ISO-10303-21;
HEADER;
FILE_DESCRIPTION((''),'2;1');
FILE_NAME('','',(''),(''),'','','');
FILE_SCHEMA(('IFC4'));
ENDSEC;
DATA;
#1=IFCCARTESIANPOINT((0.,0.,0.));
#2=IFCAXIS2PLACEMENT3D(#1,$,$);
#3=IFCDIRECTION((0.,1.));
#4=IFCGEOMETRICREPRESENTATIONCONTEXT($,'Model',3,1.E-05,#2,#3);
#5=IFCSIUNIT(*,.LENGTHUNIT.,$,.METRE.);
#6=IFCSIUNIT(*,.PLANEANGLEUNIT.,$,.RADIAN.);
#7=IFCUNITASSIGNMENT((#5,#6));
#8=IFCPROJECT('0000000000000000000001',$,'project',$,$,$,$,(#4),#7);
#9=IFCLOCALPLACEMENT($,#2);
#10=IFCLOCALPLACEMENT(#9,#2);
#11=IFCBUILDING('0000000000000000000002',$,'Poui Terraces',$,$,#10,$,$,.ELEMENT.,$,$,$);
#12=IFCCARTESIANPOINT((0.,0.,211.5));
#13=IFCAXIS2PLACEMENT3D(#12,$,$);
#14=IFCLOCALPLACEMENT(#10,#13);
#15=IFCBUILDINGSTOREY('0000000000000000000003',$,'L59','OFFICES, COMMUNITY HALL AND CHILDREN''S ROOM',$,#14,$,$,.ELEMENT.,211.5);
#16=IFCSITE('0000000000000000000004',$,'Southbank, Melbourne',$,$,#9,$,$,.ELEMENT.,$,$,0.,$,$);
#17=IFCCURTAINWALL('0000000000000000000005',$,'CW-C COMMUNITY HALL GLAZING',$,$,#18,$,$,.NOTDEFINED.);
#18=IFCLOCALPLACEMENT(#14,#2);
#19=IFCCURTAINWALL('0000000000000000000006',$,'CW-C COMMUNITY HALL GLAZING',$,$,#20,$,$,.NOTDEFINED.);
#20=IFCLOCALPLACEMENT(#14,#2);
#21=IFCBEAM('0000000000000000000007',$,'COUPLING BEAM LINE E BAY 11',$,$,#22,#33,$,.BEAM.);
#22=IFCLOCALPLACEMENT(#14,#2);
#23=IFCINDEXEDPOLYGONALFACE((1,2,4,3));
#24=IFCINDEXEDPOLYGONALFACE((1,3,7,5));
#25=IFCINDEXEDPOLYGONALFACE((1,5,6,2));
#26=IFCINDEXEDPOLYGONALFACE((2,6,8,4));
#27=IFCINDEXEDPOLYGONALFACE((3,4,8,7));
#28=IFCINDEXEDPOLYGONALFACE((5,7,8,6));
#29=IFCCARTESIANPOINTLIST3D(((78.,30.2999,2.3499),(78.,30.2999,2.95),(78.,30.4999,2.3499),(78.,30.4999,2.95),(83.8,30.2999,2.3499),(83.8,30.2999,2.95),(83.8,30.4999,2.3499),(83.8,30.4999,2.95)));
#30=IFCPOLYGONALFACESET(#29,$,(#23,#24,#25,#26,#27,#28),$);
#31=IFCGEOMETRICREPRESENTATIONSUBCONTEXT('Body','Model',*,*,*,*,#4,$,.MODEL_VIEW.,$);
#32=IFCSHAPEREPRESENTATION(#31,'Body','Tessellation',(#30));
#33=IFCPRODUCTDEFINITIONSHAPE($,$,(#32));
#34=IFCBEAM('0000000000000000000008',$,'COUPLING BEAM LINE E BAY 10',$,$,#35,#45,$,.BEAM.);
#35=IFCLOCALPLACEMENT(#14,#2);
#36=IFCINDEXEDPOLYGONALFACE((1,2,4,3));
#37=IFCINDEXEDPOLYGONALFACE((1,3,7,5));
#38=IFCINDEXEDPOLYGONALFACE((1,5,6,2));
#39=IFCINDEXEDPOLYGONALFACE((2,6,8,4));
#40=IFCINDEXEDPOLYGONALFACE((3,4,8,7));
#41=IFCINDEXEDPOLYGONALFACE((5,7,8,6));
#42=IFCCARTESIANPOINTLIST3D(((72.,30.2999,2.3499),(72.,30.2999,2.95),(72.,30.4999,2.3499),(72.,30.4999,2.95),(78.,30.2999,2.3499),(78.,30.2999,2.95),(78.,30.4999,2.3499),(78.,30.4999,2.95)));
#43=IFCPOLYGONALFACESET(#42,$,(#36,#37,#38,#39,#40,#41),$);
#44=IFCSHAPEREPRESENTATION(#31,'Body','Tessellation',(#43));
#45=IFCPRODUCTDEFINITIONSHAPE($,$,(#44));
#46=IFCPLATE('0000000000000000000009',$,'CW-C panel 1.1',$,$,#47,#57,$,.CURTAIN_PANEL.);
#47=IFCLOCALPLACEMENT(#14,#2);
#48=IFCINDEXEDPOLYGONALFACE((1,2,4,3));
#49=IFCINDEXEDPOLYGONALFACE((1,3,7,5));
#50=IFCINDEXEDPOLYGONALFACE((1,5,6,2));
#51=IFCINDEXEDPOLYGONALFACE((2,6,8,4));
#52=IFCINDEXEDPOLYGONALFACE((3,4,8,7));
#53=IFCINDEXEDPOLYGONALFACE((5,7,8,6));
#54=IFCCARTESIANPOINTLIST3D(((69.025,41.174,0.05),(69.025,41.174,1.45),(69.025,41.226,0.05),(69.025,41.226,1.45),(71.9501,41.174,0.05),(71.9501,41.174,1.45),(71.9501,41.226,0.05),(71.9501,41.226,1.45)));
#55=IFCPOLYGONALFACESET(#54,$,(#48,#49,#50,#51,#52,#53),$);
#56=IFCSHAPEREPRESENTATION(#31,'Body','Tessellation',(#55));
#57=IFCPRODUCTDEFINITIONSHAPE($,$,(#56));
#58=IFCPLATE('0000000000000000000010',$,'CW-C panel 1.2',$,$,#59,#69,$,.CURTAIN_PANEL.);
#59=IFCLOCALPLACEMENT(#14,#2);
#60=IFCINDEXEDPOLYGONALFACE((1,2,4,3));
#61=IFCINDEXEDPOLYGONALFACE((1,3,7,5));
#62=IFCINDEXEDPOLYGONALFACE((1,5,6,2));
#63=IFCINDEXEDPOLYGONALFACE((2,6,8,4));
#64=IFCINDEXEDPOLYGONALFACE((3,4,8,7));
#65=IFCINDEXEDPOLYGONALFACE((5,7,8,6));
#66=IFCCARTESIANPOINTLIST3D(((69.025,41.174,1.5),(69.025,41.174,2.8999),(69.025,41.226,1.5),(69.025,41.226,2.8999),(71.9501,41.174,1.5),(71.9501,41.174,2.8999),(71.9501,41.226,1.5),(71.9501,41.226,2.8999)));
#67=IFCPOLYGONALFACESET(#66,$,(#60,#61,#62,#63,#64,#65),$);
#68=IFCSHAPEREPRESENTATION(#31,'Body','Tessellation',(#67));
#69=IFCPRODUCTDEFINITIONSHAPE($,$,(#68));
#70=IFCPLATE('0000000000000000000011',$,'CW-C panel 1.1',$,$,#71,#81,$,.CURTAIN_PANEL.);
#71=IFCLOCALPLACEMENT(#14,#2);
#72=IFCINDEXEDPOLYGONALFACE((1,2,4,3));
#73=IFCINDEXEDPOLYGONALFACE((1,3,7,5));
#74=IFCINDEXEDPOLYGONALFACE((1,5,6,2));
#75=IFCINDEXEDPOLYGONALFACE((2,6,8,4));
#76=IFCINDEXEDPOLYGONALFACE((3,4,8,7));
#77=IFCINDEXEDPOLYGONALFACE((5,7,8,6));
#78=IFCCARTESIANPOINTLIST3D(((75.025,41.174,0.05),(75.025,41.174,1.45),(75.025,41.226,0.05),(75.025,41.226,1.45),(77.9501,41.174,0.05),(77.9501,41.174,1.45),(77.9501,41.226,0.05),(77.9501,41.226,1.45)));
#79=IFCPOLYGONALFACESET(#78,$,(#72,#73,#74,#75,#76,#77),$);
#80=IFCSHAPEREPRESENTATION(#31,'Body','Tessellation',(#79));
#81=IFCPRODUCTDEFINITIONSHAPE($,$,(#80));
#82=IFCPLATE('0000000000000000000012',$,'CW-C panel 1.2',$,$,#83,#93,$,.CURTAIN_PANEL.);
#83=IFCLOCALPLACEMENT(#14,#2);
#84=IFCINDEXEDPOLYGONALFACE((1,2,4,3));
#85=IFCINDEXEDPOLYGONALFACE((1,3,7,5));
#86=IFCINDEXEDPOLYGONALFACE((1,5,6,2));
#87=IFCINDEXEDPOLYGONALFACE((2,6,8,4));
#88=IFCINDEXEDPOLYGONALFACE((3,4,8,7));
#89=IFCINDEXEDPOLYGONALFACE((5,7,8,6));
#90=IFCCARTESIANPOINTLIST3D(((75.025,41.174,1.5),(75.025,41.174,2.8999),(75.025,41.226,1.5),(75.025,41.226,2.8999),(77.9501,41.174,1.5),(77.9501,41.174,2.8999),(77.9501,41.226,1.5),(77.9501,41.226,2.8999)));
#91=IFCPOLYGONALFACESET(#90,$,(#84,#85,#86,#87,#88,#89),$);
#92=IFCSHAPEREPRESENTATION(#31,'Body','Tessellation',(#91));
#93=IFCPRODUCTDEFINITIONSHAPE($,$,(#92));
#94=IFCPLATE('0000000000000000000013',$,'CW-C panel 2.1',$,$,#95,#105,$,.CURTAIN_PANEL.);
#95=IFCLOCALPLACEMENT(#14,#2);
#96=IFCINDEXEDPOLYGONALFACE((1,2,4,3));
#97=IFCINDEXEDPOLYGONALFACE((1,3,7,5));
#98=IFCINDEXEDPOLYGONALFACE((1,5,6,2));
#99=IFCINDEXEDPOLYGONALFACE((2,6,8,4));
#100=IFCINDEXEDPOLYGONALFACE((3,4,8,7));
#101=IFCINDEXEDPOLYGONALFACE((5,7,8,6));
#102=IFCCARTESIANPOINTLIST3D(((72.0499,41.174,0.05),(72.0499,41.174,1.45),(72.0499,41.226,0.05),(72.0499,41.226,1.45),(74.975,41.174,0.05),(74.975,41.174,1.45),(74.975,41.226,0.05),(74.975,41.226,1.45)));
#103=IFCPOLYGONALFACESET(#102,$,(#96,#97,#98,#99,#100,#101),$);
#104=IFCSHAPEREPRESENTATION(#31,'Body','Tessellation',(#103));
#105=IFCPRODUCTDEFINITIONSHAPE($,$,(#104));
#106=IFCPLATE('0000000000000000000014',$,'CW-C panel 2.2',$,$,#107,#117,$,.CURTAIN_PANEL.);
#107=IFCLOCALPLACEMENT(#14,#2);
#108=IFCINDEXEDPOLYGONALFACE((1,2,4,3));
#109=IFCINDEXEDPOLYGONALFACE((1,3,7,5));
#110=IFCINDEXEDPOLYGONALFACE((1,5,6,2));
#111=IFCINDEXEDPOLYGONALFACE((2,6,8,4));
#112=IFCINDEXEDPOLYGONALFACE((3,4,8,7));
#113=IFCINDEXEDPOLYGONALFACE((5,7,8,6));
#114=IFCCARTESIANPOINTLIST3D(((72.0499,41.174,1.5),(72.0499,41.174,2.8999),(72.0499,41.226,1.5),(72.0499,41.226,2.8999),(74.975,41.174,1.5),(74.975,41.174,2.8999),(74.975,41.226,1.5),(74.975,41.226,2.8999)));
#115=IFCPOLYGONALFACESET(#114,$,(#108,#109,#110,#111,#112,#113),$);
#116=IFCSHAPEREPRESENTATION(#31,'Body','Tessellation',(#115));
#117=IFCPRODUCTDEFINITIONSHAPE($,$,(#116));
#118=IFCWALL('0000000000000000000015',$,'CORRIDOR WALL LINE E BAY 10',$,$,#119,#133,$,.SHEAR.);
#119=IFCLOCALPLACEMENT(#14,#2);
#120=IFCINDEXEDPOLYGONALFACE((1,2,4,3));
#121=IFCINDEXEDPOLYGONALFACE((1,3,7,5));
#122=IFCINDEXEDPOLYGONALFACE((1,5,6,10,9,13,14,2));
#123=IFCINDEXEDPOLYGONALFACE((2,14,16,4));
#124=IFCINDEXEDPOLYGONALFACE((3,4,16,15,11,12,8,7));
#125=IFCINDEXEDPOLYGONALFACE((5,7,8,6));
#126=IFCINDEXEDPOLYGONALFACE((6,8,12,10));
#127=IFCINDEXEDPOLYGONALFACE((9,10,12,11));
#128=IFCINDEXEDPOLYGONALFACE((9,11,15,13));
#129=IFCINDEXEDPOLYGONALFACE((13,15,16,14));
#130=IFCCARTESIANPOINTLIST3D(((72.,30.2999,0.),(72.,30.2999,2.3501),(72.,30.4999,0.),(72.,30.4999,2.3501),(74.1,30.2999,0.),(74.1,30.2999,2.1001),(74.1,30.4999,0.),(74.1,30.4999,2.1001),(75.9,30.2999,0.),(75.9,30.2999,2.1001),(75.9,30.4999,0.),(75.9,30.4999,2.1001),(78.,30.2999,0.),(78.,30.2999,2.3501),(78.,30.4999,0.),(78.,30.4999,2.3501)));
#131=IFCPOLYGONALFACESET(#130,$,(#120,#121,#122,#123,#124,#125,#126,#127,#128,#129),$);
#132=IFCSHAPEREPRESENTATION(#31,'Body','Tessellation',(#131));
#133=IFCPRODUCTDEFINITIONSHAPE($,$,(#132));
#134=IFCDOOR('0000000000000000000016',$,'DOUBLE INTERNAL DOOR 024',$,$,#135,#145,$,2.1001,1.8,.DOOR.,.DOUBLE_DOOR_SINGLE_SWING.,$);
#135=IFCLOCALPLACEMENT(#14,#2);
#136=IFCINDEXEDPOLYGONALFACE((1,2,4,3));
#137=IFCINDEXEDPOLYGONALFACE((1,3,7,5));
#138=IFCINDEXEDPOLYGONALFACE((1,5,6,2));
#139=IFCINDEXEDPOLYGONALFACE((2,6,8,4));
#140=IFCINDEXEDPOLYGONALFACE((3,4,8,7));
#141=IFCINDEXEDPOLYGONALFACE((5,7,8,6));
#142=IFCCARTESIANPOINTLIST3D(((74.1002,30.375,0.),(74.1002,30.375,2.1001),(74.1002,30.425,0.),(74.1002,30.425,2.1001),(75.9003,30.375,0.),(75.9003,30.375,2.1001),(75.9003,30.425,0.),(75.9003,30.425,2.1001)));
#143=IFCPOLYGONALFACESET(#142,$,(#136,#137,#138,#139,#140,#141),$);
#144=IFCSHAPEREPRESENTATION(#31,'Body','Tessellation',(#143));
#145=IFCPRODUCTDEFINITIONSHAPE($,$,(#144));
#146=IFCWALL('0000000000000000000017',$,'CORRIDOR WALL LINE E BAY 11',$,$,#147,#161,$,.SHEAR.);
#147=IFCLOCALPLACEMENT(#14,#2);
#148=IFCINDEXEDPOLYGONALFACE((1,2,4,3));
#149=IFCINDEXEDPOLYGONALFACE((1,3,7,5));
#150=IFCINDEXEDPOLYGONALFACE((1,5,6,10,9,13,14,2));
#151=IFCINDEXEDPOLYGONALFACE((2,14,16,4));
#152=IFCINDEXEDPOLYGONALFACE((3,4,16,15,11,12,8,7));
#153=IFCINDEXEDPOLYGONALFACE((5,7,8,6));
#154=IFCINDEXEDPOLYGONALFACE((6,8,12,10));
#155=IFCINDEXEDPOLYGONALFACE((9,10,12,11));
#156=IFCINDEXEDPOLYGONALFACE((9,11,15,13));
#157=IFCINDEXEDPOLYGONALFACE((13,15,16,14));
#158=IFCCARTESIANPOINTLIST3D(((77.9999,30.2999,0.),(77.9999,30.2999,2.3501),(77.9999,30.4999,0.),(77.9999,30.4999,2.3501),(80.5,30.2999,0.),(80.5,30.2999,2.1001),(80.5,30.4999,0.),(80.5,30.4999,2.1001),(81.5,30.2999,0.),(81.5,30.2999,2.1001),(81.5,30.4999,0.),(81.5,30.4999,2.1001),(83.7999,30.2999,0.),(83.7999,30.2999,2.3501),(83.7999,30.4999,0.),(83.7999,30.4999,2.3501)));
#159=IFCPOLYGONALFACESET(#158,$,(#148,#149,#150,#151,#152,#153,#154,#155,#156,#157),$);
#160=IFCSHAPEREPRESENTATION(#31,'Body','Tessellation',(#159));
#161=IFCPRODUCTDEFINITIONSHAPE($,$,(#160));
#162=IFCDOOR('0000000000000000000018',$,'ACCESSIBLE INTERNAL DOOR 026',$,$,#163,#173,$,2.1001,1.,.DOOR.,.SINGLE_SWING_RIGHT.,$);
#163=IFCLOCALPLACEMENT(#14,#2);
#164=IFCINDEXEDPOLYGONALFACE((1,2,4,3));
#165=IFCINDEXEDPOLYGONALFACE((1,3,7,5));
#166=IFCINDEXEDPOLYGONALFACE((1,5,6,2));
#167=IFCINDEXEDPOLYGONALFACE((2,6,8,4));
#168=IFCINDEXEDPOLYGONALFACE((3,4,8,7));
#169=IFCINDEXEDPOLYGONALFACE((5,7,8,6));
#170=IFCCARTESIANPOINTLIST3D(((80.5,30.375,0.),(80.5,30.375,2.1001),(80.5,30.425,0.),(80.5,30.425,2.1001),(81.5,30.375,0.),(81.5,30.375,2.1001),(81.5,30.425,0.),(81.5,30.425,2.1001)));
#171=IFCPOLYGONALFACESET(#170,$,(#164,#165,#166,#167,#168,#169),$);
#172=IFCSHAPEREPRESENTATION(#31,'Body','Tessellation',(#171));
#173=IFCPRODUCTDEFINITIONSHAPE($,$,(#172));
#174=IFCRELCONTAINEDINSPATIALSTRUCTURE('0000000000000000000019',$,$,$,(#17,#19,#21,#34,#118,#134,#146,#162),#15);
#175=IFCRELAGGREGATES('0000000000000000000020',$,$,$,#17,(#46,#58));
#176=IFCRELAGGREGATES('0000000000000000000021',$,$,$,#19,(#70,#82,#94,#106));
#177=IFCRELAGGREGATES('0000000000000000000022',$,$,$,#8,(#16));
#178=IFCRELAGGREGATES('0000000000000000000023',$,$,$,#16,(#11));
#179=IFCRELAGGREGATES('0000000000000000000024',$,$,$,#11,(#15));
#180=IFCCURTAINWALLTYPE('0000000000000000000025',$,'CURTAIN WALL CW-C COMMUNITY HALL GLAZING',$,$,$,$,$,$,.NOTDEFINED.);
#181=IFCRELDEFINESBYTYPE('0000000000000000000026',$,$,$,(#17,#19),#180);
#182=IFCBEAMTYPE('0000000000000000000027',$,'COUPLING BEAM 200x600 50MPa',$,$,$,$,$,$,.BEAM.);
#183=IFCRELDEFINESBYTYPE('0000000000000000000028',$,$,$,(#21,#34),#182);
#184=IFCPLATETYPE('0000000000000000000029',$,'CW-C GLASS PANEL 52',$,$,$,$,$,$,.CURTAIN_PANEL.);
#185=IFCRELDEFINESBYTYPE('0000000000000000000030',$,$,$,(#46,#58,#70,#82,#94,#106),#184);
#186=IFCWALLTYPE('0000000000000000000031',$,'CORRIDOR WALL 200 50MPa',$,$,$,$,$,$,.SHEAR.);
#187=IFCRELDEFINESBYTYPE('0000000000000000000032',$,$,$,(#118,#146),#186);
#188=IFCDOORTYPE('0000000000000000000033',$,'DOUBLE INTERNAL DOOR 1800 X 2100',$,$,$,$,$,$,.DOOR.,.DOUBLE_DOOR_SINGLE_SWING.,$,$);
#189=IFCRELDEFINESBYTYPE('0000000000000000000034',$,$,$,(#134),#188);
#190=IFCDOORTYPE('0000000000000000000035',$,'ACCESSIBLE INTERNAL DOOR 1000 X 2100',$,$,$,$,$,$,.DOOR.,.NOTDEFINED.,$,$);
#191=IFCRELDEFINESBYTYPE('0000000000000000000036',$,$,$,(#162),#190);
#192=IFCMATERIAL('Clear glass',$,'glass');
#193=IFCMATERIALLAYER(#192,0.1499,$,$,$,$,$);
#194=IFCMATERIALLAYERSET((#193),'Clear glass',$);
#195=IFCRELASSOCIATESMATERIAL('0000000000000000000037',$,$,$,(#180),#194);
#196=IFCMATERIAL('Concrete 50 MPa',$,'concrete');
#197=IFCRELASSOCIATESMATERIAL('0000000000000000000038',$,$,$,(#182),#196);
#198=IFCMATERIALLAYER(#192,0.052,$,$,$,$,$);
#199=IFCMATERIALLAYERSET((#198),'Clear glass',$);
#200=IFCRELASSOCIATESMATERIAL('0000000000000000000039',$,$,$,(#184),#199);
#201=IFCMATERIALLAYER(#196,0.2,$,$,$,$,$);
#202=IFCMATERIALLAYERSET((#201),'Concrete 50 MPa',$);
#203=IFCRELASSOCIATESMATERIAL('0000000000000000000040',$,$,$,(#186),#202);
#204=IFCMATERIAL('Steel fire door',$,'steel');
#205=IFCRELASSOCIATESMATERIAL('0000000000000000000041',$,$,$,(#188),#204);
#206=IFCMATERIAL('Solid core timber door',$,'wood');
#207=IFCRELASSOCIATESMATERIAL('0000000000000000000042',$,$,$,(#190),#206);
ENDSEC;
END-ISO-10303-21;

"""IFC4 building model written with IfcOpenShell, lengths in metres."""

from ifc_helpers import new_model, si_unit, direction, frame, frame_2d, origin, origin_2d, place, context, subcontext, project, spatial, rectangle, extrude, source, transform, mapped, material, layer, layer_set, material_profile, profile_set, type_object, element, fill, aggregate, save


model = new_model("IFC4")

# Units and contexts
model_context = context("Model", 3, precision=1e-05, world=origin(), true_north=direction((0.0, 1.0)))
body_context = subcontext(model_context, "Body", "Model", "MODEL_VIEW")
ifc_project = project(units=[si_unit("LENGTHUNIT", "METRE"), si_unit("PLANEANGLEUNIT", "RADIAN")], contexts=[model_context])

# Site, building, storey
site_placement = place(None, origin())
site = spatial("IfcSite", under=ifc_project, at=site_placement, Name="Southbank, Melbourne", CompositionType="ELEMENT", RefElevation=0.0)
building_placement = place(site_placement, origin())
building = spatial("IfcBuilding", under=site, at=building_placement, Name="Poui Terraces", CompositionType="ELEMENT")
storey_placement = place(building_placement, frame((0.0, 0.0, 211.5)))
storey = spatial("IfcBuildingStorey", under=building, at=storey_placement, Name="L59", Description="OFFICES, COMMUNITY HALL AND CHILDREN'S ROOM", CompositionType="ELEMENT", Elevation=211.5)

# Curtain walls
ifc_material_1 = material(Name="Clear glass", Category="glass")
ifc_layer_1 = layer(ifc_material_1, 0.1499)
ifc_layer_set_1 = layer_set([ifc_layer_1], Name="Clear glass")
curtain_wall_type = type_object("IfcCurtainWallType", Name="CURTAIN WALL CW-C COMMUNITY HALL GLAZING", PredefinedType="NOTDEFINED", material=ifc_layer_set_1)
curtain_wall_1_placement = place(storey_placement, origin())
curtain_wall_1 = element("IfcCurtainWall", 1, at=curtain_wall_1_placement, inside=storey, type_object=curtain_wall_type, Name="CW-C COMMUNITY HALL GLAZING", PredefinedType="NOTDEFINED")
curtain_wall_2_placement = place(storey_placement, origin())
curtain_wall_2 = element("IfcCurtainWall", 2, at=curtain_wall_2_placement, inside=storey, type_object=curtain_wall_type, Name="CW-C COMMUNITY HALL GLAZING", PredefinedType="NOTDEFINED")

# Beams
ifc_material_2 = material(Name="Concrete 50 MPa", Category="concrete")
ifc_material_profile_1 = material_profile(ifc_material_2, rectangle(XDim=0.2, YDim=0.6001, at=origin_2d()), Name="RC 200x600")
ifc_profile_set_1 = profile_set([ifc_material_profile_1], Name="Concrete 50 MPa")
beam_type = type_object("IfcBeamType", Name="COUPLING BEAM 200x600 50MPa", PredefinedType="BEAM", material=ifc_profile_set_1)
shared_shape_1 = source(origin(), body_context, "Body", "SweptSolid", [
    extrude(rectangle(XDim=0.2, YDim=0.6001, at=origin_2d()), origin(), (0.0, 0.0, 1.0), 5.8),
])
beam_1_placement = place(storey_placement, frame((78.0, 30.3999, 2.6499), z_axis=(1.0, 0.0, 0.0), x_axis=(0.0, 1.0, 0.0)))
element("IfcBeam", 3, at=beam_1_placement, inside=storey, type_object=beam_type, Name="COUPLING BEAM LINE E BAY 11", PredefinedType="BEAM", context=body_context, shape_type="MappedRepresentation", body=[
    mapped(shared_shape_1, transform((0.0, 0.0, 0.0))),
])
shared_shape_2 = source(origin(), body_context, "Body", "SweptSolid", [
    extrude(rectangle(XDim=0.2, YDim=0.6001, at=origin_2d()), origin(), (0.0, 0.0, 1.0), 6.0),
])
beam_2_placement = place(storey_placement, frame((72.0, 30.3999, 2.6499), z_axis=(1.0, 0.0, 0.0), x_axis=(0.0, 1.0, 0.0)))
element("IfcBeam", 4, at=beam_2_placement, inside=storey, type_object=beam_type, Name="COUPLING BEAM LINE E BAY 10", PredefinedType="BEAM", context=body_context, shape_type="MappedRepresentation", body=[
    mapped(shared_shape_2, transform((0.0, 0.0, 0.0))),
])

# Plates
ifc_layer_2 = layer(ifc_material_1, 0.052)
ifc_layer_set_2 = layer_set([ifc_layer_2], Name="Clear glass")
plate_type = type_object("IfcPlateType", Name="CW-C GLASS PANEL 52", PredefinedType="CURTAIN_PANEL", material=ifc_layer_set_2)
plate_1_placement = place(storey_placement, frame((70.4875, 41.2, 0.05), z_axis=(0.0, 0.0, 1.0), x_axis=(-1.0, 0.0, 0.0)))
plate_1 = element("IfcPlate", 5, at=plate_1_placement, type_object=plate_type, Name="CW-C panel 1.1", PredefinedType="CURTAIN_PANEL", context=body_context, shape_type="SweptSolid", body=[
    extrude(rectangle(XDim=2.925, YDim=0.052, at=origin_2d()), origin(), (0.0, 0.0, 1.0), 1.3999),
])
plate_2_placement = place(storey_placement, frame((70.4875, 41.2, 1.5), z_axis=(0.0, 0.0, 1.0), x_axis=(-1.0, 0.0, 0.0)))
plate_2 = element("IfcPlate", 6, at=plate_2_placement, type_object=plate_type, Name="CW-C panel 1.2", PredefinedType="CURTAIN_PANEL", context=body_context, shape_type="SweptSolid", body=[
    extrude(rectangle(XDim=2.925, YDim=0.052, at=origin_2d()), origin(), (0.0, 0.0, 1.0), 1.3999),
])
aggregate(curtain_wall_1, [plate_1, plate_2])
plate_3_placement = place(storey_placement, frame((76.4875, 41.2, 0.05), z_axis=(0.0, 0.0, 1.0), x_axis=(-1.0, 0.0, 0.0)))
plate_3 = element("IfcPlate", 7, at=plate_3_placement, type_object=plate_type, Name="CW-C panel 1.1", PredefinedType="CURTAIN_PANEL", context=body_context, shape_type="SweptSolid", body=[
    extrude(rectangle(XDim=2.925, YDim=0.052, at=origin_2d()), origin(), (0.0, 0.0, 1.0), 1.3999),
])
plate_4_placement = place(storey_placement, frame((76.4875, 41.2, 1.5), z_axis=(0.0, 0.0, 1.0), x_axis=(-1.0, 0.0, 0.0)))
plate_4 = element("IfcPlate", 8, at=plate_4_placement, type_object=plate_type, Name="CW-C panel 1.2", PredefinedType="CURTAIN_PANEL", context=body_context, shape_type="SweptSolid", body=[
    extrude(rectangle(XDim=2.925, YDim=0.052, at=origin_2d()), origin(), (0.0, 0.0, 1.0), 1.3999),
])
plate_5_placement = place(storey_placement, frame((73.5125, 41.2, 0.05), z_axis=(0.0, 0.0, 1.0), x_axis=(-1.0, 0.0, 0.0)))
plate_5 = element("IfcPlate", 9, at=plate_5_placement, type_object=plate_type, Name="CW-C panel 2.1", PredefinedType="CURTAIN_PANEL", context=body_context, shape_type="SweptSolid", body=[
    extrude(rectangle(XDim=2.925, YDim=0.052, at=origin_2d()), origin(), (0.0, 0.0, 1.0), 1.3999),
])
plate_6_placement = place(storey_placement, frame((73.5125, 41.2, 1.5), z_axis=(0.0, 0.0, 1.0), x_axis=(-1.0, 0.0, 0.0)))
plate_6 = element("IfcPlate", 10, at=plate_6_placement, type_object=plate_type, Name="CW-C panel 2.2", PredefinedType="CURTAIN_PANEL", context=body_context, shape_type="SweptSolid", body=[
    extrude(rectangle(XDim=2.925, YDim=0.052, at=origin_2d()), origin(), (0.0, 0.0, 1.0), 1.3999),
])
aggregate(curtain_wall_2, [plate_3, plate_4, plate_5, plate_6])

# Walls, openings, doors
ifc_layer_3 = layer(ifc_material_2, 0.2)
ifc_layer_set_3 = layer_set([ifc_layer_3], Name="Concrete 50 MPa")
wall_type_1 = type_object("IfcWallType", Name="CORRIDOR WALL 200 50MPa", PredefinedType="SHEAR", material=ifc_layer_set_3)
wall_1_placement = place(storey_placement, frame((72.0, 30.3999, 0.0), z_axis=(0.0, 0.0, 1.0), x_axis=(1.0, 0.0, 0.0)))
wall_1 = element("IfcWall", 11, at=wall_1_placement, inside=storey, type_object=wall_type_1, Name="CORRIDOR WALL LINE E BAY 10", PredefinedType="SHEAR", context=body_context, shape_type="SweptSolid", body=[
    extrude(rectangle(XDim=6.0, YDim=0.2, at=frame_2d((3.0, 0.0))), origin(), (0.0, 0.0, 1.0), 2.3501),
])
opening_1_placement = place(wall_1_placement, frame((2.1001, 0.0, 0.0)))
opening_1 = element("IfcOpeningElement", 12, at=opening_1_placement, cuts=wall_1, PredefinedType="OPENING", context=body_context, shape_type="SweptSolid", body=[
    extrude(rectangle(XDim=1.8, YDim=2.1001, at=frame_2d((0.8999, 1.05))), frame((0.0, 0.1099, 0.0), z_axis=(0.0, -1.0, 0.0), x_axis=(1.0, 0.0, 0.0)), (0.0, 0.0, 1.0), 0.22),
])
ifc_material_3 = material(Name="Steel fire door", Category="steel")
door_type_1 = type_object("IfcDoorType", Name="DOUBLE INTERNAL DOOR 1800 X 2100", OperationType="DOUBLE_DOOR_SINGLE_SWING", PredefinedType="DOOR", material=ifc_material_3)
door_1_placement = place(opening_1_placement, frame((1.8, 0.0, 0.0), z_axis=(0.0, 0.0, 1.0), x_axis=(-1.0, 0.0, 0.0)))
door_1 = element("IfcDoor", 13, at=door_1_placement, inside=storey, type_object=door_type_1, Name="DOUBLE INTERNAL DOOR 024", OperationType="DOUBLE_DOOR_SINGLE_SWING", OverallHeight=2.1001, OverallWidth=1.8, PredefinedType="DOOR", context=body_context, shape_type="SweptSolid", body=[
    extrude(rectangle(XDim=1.8, YDim=2.1001, at=frame_2d((0.8999, 1.05))), frame((0.0, 0.0249, 0.0), z_axis=(0.0, -1.0, 0.0), x_axis=(1.0, 0.0, 0.0)), (0.0, 0.0, 1.0), 0.05),
])
fill(opening_1, door_1)
wall_2_placement = place(storey_placement, frame((78.0, 30.3999, 0.0), z_axis=(0.0, 0.0, 1.0), x_axis=(1.0, 0.0, 0.0)))
wall_2 = element("IfcWall", 14, at=wall_2_placement, inside=storey, type_object=wall_type_1, Name="CORRIDOR WALL LINE E BAY 11", PredefinedType="SHEAR", context=body_context, shape_type="SweptSolid", body=[
    extrude(rectangle(XDim=5.8, YDim=0.2, at=frame_2d((2.8999, 0.0))), origin(), (0.0, 0.0, 1.0), 2.3501),
])
opening_2_placement = place(wall_2_placement, frame((2.5, 0.0, 0.0)))
opening_2 = element("IfcOpeningElement", 15, at=opening_2_placement, cuts=wall_2, PredefinedType="OPENING", context=body_context, shape_type="SweptSolid", body=[
    extrude(rectangle(XDim=1.0, YDim=2.1001, at=frame_2d((0.5, 1.05))), frame((0.0, 0.1099, 0.0), z_axis=(0.0, -1.0, 0.0), x_axis=(1.0, 0.0, 0.0)), (0.0, 0.0, 1.0), 0.22),
])
ifc_material_4 = material(Name="Solid core timber door", Category="wood")
door_type_2 = type_object("IfcDoorType", Name="ACCESSIBLE INTERNAL DOOR 1000 X 2100", OperationType="NOTDEFINED", PredefinedType="DOOR", material=ifc_material_4)
door_2_placement = place(opening_2_placement, frame((1.0, 0.0, 0.0), z_axis=(0.0, 0.0, 1.0), x_axis=(-1.0, 0.0, 0.0)))
door_2 = element("IfcDoor", 16, at=door_2_placement, inside=storey, type_object=door_type_2, Name="ACCESSIBLE INTERNAL DOOR 026", OperationType="SINGLE_SWING_RIGHT", OverallHeight=2.1001, OverallWidth=1.0, PredefinedType="DOOR", context=body_context, shape_type="SweptSolid", body=[
    extrude(rectangle(XDim=1.0, YDim=2.1001, at=frame_2d((0.5, 1.05))), frame((0.0, 0.0249, 0.0), z_axis=(0.0, -1.0, 0.0), x_axis=(1.0, 0.0, 0.0)), (0.0, 0.0, 1.0), 0.05),
])
fill(opening_2, door_2)

save(model, "model.ifc")
